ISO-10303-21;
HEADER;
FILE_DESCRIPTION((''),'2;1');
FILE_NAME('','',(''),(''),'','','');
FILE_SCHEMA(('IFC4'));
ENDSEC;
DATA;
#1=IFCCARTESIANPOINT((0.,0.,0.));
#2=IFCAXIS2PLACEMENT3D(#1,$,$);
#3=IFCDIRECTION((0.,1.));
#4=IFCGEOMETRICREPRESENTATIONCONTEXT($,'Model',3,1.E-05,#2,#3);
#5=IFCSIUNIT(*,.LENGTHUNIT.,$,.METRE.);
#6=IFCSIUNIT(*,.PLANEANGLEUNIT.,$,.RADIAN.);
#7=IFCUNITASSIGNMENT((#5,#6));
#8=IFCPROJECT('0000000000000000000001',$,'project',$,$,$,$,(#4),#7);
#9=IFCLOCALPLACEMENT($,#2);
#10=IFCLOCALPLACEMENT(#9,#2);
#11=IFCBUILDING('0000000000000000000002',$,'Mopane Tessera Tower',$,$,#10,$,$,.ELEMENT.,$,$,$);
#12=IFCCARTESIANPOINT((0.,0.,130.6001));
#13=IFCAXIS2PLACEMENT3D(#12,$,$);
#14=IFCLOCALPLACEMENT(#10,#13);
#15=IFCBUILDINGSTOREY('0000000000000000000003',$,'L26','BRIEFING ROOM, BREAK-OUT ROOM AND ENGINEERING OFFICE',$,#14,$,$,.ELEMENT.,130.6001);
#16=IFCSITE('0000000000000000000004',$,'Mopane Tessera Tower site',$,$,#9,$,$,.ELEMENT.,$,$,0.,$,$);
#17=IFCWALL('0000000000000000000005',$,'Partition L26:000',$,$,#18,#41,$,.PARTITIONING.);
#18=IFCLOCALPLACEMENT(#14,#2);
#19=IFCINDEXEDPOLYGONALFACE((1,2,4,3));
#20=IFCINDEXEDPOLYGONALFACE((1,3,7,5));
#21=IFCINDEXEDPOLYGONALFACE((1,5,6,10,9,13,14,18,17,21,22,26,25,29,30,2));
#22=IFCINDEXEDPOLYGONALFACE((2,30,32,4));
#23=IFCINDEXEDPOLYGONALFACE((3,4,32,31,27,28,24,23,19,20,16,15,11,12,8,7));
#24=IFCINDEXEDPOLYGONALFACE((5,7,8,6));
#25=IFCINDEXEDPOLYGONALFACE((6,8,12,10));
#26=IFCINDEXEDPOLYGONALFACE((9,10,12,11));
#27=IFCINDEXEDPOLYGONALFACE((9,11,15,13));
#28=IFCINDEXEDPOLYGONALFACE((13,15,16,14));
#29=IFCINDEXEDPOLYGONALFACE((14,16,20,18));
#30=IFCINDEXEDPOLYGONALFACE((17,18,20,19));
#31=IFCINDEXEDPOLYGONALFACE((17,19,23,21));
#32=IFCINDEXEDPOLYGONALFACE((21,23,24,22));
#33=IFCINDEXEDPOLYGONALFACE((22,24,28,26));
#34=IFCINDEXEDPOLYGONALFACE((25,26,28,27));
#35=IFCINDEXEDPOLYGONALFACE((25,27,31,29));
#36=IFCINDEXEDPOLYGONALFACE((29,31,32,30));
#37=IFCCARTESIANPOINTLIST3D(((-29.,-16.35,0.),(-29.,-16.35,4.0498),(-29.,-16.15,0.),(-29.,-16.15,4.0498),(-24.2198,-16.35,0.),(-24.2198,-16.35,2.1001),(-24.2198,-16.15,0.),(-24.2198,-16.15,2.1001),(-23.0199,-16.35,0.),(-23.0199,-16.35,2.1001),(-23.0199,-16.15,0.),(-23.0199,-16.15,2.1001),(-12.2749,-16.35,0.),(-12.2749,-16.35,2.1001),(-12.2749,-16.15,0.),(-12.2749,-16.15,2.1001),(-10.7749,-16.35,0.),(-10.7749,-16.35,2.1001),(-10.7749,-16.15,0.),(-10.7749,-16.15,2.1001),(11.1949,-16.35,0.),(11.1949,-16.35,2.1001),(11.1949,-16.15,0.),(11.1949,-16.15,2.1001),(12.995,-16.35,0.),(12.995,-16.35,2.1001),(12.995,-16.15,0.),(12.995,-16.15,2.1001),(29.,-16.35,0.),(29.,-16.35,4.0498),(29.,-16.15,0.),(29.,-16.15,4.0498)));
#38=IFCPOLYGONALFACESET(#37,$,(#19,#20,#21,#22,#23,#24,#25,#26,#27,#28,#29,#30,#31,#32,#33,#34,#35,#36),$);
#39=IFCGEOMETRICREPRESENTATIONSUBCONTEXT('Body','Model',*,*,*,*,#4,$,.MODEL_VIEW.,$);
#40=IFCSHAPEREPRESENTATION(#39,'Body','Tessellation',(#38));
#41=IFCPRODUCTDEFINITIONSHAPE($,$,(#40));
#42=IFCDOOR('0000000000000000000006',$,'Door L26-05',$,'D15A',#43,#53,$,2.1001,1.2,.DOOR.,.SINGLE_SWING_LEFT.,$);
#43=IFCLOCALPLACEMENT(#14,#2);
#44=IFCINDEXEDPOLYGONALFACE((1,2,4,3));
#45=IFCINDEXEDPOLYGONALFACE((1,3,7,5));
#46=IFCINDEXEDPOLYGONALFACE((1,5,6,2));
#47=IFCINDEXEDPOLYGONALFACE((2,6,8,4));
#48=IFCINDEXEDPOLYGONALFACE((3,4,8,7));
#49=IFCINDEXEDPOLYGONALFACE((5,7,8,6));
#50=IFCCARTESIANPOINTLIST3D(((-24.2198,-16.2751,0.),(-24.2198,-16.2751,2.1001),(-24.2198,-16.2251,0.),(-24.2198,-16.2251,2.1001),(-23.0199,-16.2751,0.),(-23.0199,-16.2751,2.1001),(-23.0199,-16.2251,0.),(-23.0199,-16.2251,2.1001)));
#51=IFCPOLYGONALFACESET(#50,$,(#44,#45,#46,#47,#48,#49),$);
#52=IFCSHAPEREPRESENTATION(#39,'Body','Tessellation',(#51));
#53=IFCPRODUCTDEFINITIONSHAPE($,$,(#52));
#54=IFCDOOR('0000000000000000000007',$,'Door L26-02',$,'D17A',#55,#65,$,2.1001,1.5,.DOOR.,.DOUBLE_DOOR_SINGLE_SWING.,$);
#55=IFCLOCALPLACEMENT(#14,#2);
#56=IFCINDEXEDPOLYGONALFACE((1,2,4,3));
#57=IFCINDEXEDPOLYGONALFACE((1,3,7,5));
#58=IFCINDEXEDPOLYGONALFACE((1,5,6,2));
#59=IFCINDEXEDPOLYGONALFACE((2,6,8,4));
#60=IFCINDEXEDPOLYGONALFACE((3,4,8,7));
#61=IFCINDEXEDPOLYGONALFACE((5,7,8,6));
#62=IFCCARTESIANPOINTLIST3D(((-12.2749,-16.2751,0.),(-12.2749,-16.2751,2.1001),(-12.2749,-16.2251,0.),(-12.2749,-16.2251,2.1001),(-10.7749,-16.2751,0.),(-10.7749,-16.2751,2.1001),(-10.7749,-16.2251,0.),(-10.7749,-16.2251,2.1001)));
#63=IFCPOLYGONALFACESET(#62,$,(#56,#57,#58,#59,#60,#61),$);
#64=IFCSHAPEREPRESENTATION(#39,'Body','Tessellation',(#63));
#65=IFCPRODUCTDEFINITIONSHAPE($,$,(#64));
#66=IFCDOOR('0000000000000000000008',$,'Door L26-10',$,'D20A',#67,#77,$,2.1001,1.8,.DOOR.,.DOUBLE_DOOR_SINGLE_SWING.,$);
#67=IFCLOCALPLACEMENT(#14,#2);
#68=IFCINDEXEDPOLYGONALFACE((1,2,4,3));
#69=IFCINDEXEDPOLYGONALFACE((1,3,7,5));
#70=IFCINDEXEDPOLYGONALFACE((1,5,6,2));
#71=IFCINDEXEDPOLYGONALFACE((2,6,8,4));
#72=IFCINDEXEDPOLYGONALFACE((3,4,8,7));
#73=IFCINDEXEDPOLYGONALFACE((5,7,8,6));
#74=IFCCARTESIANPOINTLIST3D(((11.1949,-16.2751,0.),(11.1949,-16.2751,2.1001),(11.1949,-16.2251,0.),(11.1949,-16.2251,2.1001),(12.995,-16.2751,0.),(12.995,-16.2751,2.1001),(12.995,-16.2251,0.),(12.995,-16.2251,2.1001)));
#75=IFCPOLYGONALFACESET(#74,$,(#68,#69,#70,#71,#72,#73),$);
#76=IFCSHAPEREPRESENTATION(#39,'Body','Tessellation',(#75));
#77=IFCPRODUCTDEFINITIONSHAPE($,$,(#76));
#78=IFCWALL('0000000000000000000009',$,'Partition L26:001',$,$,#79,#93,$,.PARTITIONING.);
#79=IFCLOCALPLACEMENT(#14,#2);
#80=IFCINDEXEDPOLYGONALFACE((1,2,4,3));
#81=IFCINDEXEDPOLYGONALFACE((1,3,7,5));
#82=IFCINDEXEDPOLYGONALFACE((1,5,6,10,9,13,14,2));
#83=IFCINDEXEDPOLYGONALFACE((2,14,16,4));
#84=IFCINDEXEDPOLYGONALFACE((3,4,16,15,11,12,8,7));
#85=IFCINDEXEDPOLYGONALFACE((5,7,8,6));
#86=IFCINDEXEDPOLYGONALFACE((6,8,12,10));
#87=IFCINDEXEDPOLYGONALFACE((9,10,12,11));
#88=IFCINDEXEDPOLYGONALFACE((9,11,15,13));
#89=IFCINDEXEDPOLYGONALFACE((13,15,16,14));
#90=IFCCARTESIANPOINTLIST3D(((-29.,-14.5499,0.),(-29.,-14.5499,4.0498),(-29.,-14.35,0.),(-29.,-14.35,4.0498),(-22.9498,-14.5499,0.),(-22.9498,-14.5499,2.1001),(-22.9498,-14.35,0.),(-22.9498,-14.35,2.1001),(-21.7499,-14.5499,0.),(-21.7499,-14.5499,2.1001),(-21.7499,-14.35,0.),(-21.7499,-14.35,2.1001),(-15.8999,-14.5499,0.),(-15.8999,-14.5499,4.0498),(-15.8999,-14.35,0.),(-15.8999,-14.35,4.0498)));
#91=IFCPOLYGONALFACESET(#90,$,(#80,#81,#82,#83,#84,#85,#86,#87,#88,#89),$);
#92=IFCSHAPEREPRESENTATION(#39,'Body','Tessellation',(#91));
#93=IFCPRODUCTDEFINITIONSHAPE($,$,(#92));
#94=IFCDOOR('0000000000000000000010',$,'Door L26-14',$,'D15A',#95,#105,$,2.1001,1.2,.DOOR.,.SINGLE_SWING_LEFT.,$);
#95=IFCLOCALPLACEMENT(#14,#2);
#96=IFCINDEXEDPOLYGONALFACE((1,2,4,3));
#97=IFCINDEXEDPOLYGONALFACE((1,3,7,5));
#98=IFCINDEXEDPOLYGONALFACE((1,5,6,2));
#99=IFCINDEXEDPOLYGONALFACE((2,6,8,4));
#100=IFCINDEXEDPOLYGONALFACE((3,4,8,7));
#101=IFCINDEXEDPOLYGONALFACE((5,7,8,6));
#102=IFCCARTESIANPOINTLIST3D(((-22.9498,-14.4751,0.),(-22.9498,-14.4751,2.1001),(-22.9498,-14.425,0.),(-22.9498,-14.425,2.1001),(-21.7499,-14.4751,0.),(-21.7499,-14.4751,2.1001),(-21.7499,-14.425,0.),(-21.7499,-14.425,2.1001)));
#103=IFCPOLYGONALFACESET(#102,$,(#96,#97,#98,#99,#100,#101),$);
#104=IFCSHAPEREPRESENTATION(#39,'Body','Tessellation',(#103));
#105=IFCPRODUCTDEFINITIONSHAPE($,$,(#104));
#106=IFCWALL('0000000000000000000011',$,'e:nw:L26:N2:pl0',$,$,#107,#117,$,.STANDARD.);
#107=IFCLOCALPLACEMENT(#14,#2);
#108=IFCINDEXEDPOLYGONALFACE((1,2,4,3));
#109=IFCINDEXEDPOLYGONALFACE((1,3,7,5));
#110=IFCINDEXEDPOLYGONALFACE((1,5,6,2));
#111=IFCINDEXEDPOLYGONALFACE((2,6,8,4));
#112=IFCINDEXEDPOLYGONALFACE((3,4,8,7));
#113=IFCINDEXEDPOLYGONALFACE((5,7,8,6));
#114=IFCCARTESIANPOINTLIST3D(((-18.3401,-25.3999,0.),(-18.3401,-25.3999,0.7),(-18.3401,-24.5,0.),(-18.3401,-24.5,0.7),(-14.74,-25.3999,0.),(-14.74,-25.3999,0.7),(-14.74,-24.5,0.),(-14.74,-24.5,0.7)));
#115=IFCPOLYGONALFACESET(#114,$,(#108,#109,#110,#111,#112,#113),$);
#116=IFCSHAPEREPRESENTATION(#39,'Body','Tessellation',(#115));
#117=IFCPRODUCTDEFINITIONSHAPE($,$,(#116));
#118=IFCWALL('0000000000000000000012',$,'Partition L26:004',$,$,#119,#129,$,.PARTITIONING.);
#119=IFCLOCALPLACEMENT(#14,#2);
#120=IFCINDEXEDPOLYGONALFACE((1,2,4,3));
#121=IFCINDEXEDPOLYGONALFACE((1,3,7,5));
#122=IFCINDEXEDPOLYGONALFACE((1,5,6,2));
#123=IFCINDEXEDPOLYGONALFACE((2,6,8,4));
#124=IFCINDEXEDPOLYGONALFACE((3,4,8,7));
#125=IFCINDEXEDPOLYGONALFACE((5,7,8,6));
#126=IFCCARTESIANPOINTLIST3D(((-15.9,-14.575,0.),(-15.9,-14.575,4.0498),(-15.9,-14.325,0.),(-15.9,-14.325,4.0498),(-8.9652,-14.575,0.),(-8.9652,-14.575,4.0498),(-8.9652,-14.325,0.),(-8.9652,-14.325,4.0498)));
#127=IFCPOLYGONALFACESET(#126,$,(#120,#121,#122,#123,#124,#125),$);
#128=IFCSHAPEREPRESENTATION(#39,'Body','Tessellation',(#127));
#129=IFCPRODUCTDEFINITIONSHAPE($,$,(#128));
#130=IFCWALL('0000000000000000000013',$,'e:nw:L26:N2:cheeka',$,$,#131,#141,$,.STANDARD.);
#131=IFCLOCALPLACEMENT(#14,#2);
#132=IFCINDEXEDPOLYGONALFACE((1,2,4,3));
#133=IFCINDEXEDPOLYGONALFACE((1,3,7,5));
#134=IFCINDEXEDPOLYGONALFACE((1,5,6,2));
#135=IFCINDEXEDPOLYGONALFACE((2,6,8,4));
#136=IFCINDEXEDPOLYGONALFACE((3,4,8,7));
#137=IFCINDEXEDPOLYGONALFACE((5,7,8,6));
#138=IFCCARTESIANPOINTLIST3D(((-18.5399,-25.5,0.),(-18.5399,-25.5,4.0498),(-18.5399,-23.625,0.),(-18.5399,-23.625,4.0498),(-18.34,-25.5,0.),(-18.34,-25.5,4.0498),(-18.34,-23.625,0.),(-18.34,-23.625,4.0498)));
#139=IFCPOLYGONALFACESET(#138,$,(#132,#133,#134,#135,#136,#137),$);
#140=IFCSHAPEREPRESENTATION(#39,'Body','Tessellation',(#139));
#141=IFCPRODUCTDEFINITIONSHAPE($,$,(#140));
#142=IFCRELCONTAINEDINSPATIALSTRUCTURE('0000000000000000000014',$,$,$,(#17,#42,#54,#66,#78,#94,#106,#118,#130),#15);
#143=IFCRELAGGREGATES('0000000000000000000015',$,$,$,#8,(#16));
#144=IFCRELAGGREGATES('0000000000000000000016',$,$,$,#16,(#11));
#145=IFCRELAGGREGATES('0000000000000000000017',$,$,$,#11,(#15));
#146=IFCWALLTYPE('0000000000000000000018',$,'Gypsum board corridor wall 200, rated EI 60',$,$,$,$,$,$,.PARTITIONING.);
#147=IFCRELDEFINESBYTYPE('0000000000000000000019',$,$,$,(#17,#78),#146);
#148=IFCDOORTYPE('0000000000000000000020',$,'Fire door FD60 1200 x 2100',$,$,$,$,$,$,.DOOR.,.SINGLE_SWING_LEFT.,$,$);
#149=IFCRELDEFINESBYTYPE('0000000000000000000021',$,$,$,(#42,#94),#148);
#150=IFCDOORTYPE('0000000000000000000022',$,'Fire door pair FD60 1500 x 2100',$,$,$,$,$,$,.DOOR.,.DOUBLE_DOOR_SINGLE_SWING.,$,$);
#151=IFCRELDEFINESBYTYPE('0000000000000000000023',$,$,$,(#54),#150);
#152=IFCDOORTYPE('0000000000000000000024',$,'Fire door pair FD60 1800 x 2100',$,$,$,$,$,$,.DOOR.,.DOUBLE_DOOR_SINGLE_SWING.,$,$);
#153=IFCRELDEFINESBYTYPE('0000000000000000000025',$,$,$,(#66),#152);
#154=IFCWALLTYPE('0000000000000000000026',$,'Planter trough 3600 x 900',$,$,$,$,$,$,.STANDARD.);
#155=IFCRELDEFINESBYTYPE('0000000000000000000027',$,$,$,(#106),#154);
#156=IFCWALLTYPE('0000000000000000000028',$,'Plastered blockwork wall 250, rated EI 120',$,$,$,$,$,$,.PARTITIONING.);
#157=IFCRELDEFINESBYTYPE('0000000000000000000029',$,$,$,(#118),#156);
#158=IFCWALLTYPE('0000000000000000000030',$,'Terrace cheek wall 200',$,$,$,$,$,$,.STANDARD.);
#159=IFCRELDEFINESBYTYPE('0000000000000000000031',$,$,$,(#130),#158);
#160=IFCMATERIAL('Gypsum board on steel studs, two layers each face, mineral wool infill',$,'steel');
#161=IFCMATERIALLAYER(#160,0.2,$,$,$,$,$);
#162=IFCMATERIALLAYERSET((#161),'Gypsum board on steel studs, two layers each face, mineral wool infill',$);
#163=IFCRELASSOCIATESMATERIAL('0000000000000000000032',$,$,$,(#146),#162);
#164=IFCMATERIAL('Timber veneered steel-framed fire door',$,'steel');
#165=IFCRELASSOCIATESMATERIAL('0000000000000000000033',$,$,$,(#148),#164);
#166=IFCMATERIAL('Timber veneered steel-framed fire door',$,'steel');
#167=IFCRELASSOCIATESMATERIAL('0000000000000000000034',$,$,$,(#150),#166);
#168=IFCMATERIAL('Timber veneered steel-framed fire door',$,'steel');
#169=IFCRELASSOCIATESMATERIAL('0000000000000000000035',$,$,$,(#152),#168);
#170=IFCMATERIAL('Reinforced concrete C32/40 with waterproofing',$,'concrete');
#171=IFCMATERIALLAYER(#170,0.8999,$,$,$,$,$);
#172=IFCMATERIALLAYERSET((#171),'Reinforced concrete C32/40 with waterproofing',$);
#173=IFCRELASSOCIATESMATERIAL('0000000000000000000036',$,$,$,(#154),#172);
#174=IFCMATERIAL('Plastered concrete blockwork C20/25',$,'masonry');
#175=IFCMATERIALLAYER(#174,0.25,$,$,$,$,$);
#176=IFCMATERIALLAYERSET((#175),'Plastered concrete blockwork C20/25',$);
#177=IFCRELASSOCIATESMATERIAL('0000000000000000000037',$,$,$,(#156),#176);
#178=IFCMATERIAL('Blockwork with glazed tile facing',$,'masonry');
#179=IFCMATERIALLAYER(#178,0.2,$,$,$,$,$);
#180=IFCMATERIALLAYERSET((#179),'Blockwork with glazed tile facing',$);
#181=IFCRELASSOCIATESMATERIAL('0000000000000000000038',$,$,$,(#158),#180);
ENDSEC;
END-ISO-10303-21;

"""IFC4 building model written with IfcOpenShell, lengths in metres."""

from ifc_helpers import new_model, si_unit, direction, frame, frame_2d, origin, place, context, subcontext, project, spatial, rectangle, extrude, material, layer, layer_set, type_object, element, fill, save


model = new_model("IFC4")

# Units and contexts
model_context = context("Model", 3, precision=1e-05, world=origin(), true_north=direction((0.0, 1.0)))
body_context = subcontext(model_context, "Body", "Model", "MODEL_VIEW")
ifc_project = project(units=[si_unit("LENGTHUNIT", "METRE"), si_unit("PLANEANGLEUNIT", "RADIAN")], contexts=[model_context])

# Site, building, storey
site_placement = place(None, origin())
site = spatial("IfcSite", under=ifc_project, at=site_placement, Name="Mopane Tessera Tower site", CompositionType="ELEMENT", RefElevation=0.0)
building_placement = place(site_placement, origin())
building = spatial("IfcBuilding", under=site, at=building_placement, Name="Mopane Tessera Tower", CompositionType="ELEMENT")
storey_placement = place(building_placement, frame((0.0, 0.0, 130.6001)))
storey = spatial("IfcBuildingStorey", under=building, at=storey_placement, Name="L26", Description="BRIEFING ROOM, BREAK-OUT ROOM AND ENGINEERING OFFICE", CompositionType="ELEMENT", Elevation=130.6001)

# Wall, openings, doors
ifc_material_1 = material(Name="Gypsum board on steel studs, two layers each face, mineral wool infill", Category="steel")
ifc_layer_1 = layer(ifc_material_1, 0.2)
ifc_layer_set_1 = layer_set([ifc_layer_1], Name="Gypsum board on steel studs, two layers each face, mineral wool infill")
wall_type_1 = type_object("IfcWallType", Name="Gypsum board corridor wall 200, rated EI 60", PredefinedType="PARTITIONING", material=ifc_layer_set_1)
wall_1_placement = place(storey_placement, frame((-29.0, -16.25, 0.0), z_axis=(0.0, 0.0, 1.0), x_axis=(1.0, 0.0, 0.0)))
wall_1 = element("IfcWall", 1, at=wall_1_placement, inside=storey, type_object=wall_type_1, Name="Partition L26:000", PredefinedType="PARTITIONING", context=body_context, shape_type="SweptSolid", body=[
    extrude(rectangle(XDim=58.0, YDim=0.2, at=frame_2d((29.0, 0.0))), origin(), (0.0, 0.0, 1.0), 4.0498),
])
opening_1_placement = place(wall_1_placement, frame((16.7251, 0.0, 0.0)))
opening_1 = element("IfcOpeningElement", 2, at=opening_1_placement, cuts=wall_1, PredefinedType="OPENING", context=body_context, shape_type="SweptSolid", body=[
    extrude(rectangle(XDim=1.5, YDim=2.1001, at=frame_2d((0.75, 1.05))), frame((0.0, 0.1121, 0.0), z_axis=(0.0, -1.0, 0.0), x_axis=(1.0, 0.0, 0.0)), (0.0, 0.0, 1.0), 0.2239),
])
opening_2_placement = place(wall_1_placement, frame((4.78, 0.0, 0.0)))
opening_2 = element("IfcOpeningElement", 3, at=opening_2_placement, cuts=wall_1, PredefinedType="OPENING", context=body_context, shape_type="SweptSolid", body=[
    extrude(rectangle(XDim=1.2, YDim=2.1001, at=frame_2d((0.6001, 1.05))), frame((0.0, 0.1121, 0.0), z_axis=(0.0, -1.0, 0.0), x_axis=(1.0, 0.0, 0.0)), (0.0, 0.0, 1.0), 0.2239),
])
opening_3_placement = place(wall_1_placement, frame((40.1951, 0.0, 0.0)))
opening_3 = element("IfcOpeningElement", 4, at=opening_3_placement, cuts=wall_1, PredefinedType="OPENING", context=body_context, shape_type="SweptSolid", body=[
    extrude(rectangle(XDim=1.8, YDim=2.1001, at=frame_2d((0.8999, 1.05))), frame((0.0, 0.1121, 0.0), z_axis=(0.0, -1.0, 0.0), x_axis=(1.0, 0.0, 0.0)), (0.0, 0.0, 1.0), 0.2239),
])
ifc_material_2 = material(Name="Timber veneered steel-framed fire door", Category="steel")
door_type_1 = type_object("IfcDoorType", Name="Fire door FD60 1200 x 2100", OperationType="SINGLE_SWING_LEFT", PredefinedType="DOOR", material=ifc_material_2)
door_1_placement = place(opening_2_placement, origin())
door_1 = element("IfcDoor", 5, at=door_1_placement, inside=storey, type_object=door_type_1, Name="Door L26-05", ObjectType="D15A", OperationType="SINGLE_SWING_LEFT", OverallHeight=2.1001, OverallWidth=1.2, PredefinedType="DOOR", context=body_context, shape_type="SweptSolid", body=[
    extrude(rectangle(XDim=1.2, YDim=2.1001, at=frame_2d((0.6001, 1.05))), frame((0.0, 0.0249, 0.0), z_axis=(0.0, -1.0, 0.0), x_axis=(1.0, 0.0, 0.0)), (0.0, 0.0, 1.0), 0.05),
])
fill(opening_2, door_1)
ifc_material_3 = material(Name="Timber veneered steel-framed fire door", Category="steel")
door_type_2 = type_object("IfcDoorType", Name="Fire door pair FD60 1500 x 2100", OperationType="DOUBLE_DOOR_SINGLE_SWING", PredefinedType="DOOR", material=ifc_material_3)
door_2_placement = place(opening_1_placement, origin())
door_2 = element("IfcDoor", 6, at=door_2_placement, inside=storey, type_object=door_type_2, Name="Door L26-02", ObjectType="D17A", OperationType="DOUBLE_DOOR_SINGLE_SWING", OverallHeight=2.1001, OverallWidth=1.5, PredefinedType="DOOR", context=body_context, shape_type="SweptSolid", body=[
    extrude(rectangle(XDim=1.5, YDim=2.1001, at=frame_2d((0.75, 1.05))), frame((0.0, 0.0249, 0.0), z_axis=(0.0, -1.0, 0.0), x_axis=(1.0, 0.0, 0.0)), (0.0, 0.0, 1.0), 0.05),
])
fill(opening_1, door_2)
ifc_material_4 = material(Name="Timber veneered steel-framed fire door", Category="steel")
door_type_3 = type_object("IfcDoorType", Name="Fire door pair FD60 1800 x 2100", OperationType="DOUBLE_DOOR_SINGLE_SWING", PredefinedType="DOOR", material=ifc_material_4)
door_3_placement = place(opening_3_placement, origin())
door_3 = element("IfcDoor", 7, at=door_3_placement, inside=storey, type_object=door_type_3, Name="Door L26-10", ObjectType="D20A", OperationType="DOUBLE_DOOR_SINGLE_SWING", OverallHeight=2.1001, OverallWidth=1.8, PredefinedType="DOOR", context=body_context, shape_type="SweptSolid", body=[
    extrude(rectangle(XDim=1.8, YDim=2.1001, at=frame_2d((0.8999, 1.05))), frame((0.0, 0.0249, 0.0), z_axis=(0.0, -1.0, 0.0), x_axis=(1.0, 0.0, 0.0)), (0.0, 0.0, 1.0), 0.05),
])
fill(opening_3, door_3)

# Wall, opening, door
wall_2_placement = place(storey_placement, frame((-29.0, -14.45, 0.0), z_axis=(0.0, 0.0, 1.0), x_axis=(1.0, 0.0, 0.0)))
wall_2 = element("IfcWall", 8, at=wall_2_placement, inside=storey, type_object=wall_type_1, Name="Partition L26:001", PredefinedType="PARTITIONING", context=body_context, shape_type="SweptSolid", body=[
    extrude(rectangle(XDim=13.1001, YDim=0.2, at=frame_2d((6.55, 0.0))), origin(), (0.0, 0.0, 1.0), 4.0498),
])
opening_4_placement = place(wall_2_placement, frame((6.05, 0.0, 0.0)))
opening_4 = element("IfcOpeningElement", 9, at=opening_4_placement, cuts=wall_2, PredefinedType="OPENING", context=body_context, shape_type="SweptSolid", body=[
    extrude(rectangle(XDim=1.2, YDim=2.1001, at=frame_2d((0.6001, 1.05))), frame((0.0, 0.1121, 0.0), z_axis=(0.0, -1.0, 0.0), x_axis=(1.0, 0.0, 0.0)), (0.0, 0.0, 1.0), 0.2239),
])
door_4_placement = place(opening_4_placement, origin())
door_4 = element("IfcDoor", 10, at=door_4_placement, inside=storey, type_object=door_type_1, Name="Door L26-14", ObjectType="D15A", OperationType="SINGLE_SWING_LEFT", OverallHeight=2.1001, OverallWidth=1.2, PredefinedType="DOOR", context=body_context, shape_type="SweptSolid", body=[
    extrude(rectangle(XDim=1.2, YDim=2.1001, at=frame_2d((0.6001, 1.05))), frame((0.0, 0.0249, 0.0), z_axis=(0.0, -1.0, 0.0), x_axis=(1.0, 0.0, 0.0)), (0.0, 0.0, 1.0), 0.05),
])
fill(opening_4, door_4)

# Walls
ifc_material_5 = material(Name="Reinforced concrete C32/40 with waterproofing", Category="concrete")
ifc_layer_2 = layer(ifc_material_5, 0.8999)
ifc_layer_set_2 = layer_set([ifc_layer_2], Name="Reinforced concrete C32/40 with waterproofing")
wall_type_2 = type_object("IfcWallType", Name="Planter trough 3600 x 900", PredefinedType="STANDARD", material=ifc_layer_set_2)
wall_3_placement = place(storey_placement, frame((-18.3401, -24.95, 0.0), z_axis=(0.0, 0.0, 1.0), x_axis=(1.0, 0.0, 0.0)))
element("IfcWall", 11, at=wall_3_placement, inside=storey, type_object=wall_type_2, Name="e:nw:L26:N2:pl0", PredefinedType="STANDARD", context=body_context, shape_type="SweptSolid", body=[
    extrude(rectangle(XDim=3.6001, YDim=0.8999, at=frame_2d((1.8, 0.0))), origin(), (0.0, 0.0, 1.0), 0.7),
])
ifc_material_6 = material(Name="Plastered concrete blockwork C20/25", Category="masonry")
ifc_layer_3 = layer(ifc_material_6, 0.25)
ifc_layer_set_3 = layer_set([ifc_layer_3], Name="Plastered concrete blockwork C20/25")
wall_type_3 = type_object("IfcWallType", Name="Plastered blockwork wall 250, rated EI 120", PredefinedType="PARTITIONING", material=ifc_layer_set_3)
wall_4_placement = place(storey_placement, frame((-15.8999, -14.45, 0.0), z_axis=(0.0, 0.0, 1.0), x_axis=(1.0, 0.0, 0.0)))
element("IfcWall", 12, at=wall_4_placement, inside=storey, type_object=wall_type_3, Name="Partition L26:004", PredefinedType="PARTITIONING", context=body_context, shape_type="SweptSolid", body=[
    extrude(rectangle(XDim=6.9348, YDim=0.25, at=frame_2d((3.4673, 0.0))), origin(), (0.0, 0.0, 1.0), 4.0498),
])
ifc_material_7 = material(Name="Blockwork with glazed tile facing", Category="masonry")
ifc_layer_4 = layer(ifc_material_7, 0.2)
ifc_layer_set_4 = layer_set([ifc_layer_4], Name="Blockwork with glazed tile facing")
wall_type_4 = type_object("IfcWallType", Name="Terrace cheek wall 200", PredefinedType="STANDARD", material=ifc_layer_set_4)
wall_5_placement = place(storey_placement, frame((-18.4399, -25.5, 0.0), z_axis=(0.0, 0.0, 1.0), x_axis=(0.0, 1.0, 0.0)))
element("IfcWall", 13, at=wall_5_placement, inside=storey, type_object=wall_type_4, Name="e:nw:L26:N2:cheeka", PredefinedType="STANDARD", context=body_context, shape_type="SweptSolid", body=[
    extrude(rectangle(XDim=1.875, YDim=0.2, at=frame_2d((0.9375, 0.0))), origin(), (0.0, 0.0, 1.0), 4.0498),
])

save(model, "model.ifc")
